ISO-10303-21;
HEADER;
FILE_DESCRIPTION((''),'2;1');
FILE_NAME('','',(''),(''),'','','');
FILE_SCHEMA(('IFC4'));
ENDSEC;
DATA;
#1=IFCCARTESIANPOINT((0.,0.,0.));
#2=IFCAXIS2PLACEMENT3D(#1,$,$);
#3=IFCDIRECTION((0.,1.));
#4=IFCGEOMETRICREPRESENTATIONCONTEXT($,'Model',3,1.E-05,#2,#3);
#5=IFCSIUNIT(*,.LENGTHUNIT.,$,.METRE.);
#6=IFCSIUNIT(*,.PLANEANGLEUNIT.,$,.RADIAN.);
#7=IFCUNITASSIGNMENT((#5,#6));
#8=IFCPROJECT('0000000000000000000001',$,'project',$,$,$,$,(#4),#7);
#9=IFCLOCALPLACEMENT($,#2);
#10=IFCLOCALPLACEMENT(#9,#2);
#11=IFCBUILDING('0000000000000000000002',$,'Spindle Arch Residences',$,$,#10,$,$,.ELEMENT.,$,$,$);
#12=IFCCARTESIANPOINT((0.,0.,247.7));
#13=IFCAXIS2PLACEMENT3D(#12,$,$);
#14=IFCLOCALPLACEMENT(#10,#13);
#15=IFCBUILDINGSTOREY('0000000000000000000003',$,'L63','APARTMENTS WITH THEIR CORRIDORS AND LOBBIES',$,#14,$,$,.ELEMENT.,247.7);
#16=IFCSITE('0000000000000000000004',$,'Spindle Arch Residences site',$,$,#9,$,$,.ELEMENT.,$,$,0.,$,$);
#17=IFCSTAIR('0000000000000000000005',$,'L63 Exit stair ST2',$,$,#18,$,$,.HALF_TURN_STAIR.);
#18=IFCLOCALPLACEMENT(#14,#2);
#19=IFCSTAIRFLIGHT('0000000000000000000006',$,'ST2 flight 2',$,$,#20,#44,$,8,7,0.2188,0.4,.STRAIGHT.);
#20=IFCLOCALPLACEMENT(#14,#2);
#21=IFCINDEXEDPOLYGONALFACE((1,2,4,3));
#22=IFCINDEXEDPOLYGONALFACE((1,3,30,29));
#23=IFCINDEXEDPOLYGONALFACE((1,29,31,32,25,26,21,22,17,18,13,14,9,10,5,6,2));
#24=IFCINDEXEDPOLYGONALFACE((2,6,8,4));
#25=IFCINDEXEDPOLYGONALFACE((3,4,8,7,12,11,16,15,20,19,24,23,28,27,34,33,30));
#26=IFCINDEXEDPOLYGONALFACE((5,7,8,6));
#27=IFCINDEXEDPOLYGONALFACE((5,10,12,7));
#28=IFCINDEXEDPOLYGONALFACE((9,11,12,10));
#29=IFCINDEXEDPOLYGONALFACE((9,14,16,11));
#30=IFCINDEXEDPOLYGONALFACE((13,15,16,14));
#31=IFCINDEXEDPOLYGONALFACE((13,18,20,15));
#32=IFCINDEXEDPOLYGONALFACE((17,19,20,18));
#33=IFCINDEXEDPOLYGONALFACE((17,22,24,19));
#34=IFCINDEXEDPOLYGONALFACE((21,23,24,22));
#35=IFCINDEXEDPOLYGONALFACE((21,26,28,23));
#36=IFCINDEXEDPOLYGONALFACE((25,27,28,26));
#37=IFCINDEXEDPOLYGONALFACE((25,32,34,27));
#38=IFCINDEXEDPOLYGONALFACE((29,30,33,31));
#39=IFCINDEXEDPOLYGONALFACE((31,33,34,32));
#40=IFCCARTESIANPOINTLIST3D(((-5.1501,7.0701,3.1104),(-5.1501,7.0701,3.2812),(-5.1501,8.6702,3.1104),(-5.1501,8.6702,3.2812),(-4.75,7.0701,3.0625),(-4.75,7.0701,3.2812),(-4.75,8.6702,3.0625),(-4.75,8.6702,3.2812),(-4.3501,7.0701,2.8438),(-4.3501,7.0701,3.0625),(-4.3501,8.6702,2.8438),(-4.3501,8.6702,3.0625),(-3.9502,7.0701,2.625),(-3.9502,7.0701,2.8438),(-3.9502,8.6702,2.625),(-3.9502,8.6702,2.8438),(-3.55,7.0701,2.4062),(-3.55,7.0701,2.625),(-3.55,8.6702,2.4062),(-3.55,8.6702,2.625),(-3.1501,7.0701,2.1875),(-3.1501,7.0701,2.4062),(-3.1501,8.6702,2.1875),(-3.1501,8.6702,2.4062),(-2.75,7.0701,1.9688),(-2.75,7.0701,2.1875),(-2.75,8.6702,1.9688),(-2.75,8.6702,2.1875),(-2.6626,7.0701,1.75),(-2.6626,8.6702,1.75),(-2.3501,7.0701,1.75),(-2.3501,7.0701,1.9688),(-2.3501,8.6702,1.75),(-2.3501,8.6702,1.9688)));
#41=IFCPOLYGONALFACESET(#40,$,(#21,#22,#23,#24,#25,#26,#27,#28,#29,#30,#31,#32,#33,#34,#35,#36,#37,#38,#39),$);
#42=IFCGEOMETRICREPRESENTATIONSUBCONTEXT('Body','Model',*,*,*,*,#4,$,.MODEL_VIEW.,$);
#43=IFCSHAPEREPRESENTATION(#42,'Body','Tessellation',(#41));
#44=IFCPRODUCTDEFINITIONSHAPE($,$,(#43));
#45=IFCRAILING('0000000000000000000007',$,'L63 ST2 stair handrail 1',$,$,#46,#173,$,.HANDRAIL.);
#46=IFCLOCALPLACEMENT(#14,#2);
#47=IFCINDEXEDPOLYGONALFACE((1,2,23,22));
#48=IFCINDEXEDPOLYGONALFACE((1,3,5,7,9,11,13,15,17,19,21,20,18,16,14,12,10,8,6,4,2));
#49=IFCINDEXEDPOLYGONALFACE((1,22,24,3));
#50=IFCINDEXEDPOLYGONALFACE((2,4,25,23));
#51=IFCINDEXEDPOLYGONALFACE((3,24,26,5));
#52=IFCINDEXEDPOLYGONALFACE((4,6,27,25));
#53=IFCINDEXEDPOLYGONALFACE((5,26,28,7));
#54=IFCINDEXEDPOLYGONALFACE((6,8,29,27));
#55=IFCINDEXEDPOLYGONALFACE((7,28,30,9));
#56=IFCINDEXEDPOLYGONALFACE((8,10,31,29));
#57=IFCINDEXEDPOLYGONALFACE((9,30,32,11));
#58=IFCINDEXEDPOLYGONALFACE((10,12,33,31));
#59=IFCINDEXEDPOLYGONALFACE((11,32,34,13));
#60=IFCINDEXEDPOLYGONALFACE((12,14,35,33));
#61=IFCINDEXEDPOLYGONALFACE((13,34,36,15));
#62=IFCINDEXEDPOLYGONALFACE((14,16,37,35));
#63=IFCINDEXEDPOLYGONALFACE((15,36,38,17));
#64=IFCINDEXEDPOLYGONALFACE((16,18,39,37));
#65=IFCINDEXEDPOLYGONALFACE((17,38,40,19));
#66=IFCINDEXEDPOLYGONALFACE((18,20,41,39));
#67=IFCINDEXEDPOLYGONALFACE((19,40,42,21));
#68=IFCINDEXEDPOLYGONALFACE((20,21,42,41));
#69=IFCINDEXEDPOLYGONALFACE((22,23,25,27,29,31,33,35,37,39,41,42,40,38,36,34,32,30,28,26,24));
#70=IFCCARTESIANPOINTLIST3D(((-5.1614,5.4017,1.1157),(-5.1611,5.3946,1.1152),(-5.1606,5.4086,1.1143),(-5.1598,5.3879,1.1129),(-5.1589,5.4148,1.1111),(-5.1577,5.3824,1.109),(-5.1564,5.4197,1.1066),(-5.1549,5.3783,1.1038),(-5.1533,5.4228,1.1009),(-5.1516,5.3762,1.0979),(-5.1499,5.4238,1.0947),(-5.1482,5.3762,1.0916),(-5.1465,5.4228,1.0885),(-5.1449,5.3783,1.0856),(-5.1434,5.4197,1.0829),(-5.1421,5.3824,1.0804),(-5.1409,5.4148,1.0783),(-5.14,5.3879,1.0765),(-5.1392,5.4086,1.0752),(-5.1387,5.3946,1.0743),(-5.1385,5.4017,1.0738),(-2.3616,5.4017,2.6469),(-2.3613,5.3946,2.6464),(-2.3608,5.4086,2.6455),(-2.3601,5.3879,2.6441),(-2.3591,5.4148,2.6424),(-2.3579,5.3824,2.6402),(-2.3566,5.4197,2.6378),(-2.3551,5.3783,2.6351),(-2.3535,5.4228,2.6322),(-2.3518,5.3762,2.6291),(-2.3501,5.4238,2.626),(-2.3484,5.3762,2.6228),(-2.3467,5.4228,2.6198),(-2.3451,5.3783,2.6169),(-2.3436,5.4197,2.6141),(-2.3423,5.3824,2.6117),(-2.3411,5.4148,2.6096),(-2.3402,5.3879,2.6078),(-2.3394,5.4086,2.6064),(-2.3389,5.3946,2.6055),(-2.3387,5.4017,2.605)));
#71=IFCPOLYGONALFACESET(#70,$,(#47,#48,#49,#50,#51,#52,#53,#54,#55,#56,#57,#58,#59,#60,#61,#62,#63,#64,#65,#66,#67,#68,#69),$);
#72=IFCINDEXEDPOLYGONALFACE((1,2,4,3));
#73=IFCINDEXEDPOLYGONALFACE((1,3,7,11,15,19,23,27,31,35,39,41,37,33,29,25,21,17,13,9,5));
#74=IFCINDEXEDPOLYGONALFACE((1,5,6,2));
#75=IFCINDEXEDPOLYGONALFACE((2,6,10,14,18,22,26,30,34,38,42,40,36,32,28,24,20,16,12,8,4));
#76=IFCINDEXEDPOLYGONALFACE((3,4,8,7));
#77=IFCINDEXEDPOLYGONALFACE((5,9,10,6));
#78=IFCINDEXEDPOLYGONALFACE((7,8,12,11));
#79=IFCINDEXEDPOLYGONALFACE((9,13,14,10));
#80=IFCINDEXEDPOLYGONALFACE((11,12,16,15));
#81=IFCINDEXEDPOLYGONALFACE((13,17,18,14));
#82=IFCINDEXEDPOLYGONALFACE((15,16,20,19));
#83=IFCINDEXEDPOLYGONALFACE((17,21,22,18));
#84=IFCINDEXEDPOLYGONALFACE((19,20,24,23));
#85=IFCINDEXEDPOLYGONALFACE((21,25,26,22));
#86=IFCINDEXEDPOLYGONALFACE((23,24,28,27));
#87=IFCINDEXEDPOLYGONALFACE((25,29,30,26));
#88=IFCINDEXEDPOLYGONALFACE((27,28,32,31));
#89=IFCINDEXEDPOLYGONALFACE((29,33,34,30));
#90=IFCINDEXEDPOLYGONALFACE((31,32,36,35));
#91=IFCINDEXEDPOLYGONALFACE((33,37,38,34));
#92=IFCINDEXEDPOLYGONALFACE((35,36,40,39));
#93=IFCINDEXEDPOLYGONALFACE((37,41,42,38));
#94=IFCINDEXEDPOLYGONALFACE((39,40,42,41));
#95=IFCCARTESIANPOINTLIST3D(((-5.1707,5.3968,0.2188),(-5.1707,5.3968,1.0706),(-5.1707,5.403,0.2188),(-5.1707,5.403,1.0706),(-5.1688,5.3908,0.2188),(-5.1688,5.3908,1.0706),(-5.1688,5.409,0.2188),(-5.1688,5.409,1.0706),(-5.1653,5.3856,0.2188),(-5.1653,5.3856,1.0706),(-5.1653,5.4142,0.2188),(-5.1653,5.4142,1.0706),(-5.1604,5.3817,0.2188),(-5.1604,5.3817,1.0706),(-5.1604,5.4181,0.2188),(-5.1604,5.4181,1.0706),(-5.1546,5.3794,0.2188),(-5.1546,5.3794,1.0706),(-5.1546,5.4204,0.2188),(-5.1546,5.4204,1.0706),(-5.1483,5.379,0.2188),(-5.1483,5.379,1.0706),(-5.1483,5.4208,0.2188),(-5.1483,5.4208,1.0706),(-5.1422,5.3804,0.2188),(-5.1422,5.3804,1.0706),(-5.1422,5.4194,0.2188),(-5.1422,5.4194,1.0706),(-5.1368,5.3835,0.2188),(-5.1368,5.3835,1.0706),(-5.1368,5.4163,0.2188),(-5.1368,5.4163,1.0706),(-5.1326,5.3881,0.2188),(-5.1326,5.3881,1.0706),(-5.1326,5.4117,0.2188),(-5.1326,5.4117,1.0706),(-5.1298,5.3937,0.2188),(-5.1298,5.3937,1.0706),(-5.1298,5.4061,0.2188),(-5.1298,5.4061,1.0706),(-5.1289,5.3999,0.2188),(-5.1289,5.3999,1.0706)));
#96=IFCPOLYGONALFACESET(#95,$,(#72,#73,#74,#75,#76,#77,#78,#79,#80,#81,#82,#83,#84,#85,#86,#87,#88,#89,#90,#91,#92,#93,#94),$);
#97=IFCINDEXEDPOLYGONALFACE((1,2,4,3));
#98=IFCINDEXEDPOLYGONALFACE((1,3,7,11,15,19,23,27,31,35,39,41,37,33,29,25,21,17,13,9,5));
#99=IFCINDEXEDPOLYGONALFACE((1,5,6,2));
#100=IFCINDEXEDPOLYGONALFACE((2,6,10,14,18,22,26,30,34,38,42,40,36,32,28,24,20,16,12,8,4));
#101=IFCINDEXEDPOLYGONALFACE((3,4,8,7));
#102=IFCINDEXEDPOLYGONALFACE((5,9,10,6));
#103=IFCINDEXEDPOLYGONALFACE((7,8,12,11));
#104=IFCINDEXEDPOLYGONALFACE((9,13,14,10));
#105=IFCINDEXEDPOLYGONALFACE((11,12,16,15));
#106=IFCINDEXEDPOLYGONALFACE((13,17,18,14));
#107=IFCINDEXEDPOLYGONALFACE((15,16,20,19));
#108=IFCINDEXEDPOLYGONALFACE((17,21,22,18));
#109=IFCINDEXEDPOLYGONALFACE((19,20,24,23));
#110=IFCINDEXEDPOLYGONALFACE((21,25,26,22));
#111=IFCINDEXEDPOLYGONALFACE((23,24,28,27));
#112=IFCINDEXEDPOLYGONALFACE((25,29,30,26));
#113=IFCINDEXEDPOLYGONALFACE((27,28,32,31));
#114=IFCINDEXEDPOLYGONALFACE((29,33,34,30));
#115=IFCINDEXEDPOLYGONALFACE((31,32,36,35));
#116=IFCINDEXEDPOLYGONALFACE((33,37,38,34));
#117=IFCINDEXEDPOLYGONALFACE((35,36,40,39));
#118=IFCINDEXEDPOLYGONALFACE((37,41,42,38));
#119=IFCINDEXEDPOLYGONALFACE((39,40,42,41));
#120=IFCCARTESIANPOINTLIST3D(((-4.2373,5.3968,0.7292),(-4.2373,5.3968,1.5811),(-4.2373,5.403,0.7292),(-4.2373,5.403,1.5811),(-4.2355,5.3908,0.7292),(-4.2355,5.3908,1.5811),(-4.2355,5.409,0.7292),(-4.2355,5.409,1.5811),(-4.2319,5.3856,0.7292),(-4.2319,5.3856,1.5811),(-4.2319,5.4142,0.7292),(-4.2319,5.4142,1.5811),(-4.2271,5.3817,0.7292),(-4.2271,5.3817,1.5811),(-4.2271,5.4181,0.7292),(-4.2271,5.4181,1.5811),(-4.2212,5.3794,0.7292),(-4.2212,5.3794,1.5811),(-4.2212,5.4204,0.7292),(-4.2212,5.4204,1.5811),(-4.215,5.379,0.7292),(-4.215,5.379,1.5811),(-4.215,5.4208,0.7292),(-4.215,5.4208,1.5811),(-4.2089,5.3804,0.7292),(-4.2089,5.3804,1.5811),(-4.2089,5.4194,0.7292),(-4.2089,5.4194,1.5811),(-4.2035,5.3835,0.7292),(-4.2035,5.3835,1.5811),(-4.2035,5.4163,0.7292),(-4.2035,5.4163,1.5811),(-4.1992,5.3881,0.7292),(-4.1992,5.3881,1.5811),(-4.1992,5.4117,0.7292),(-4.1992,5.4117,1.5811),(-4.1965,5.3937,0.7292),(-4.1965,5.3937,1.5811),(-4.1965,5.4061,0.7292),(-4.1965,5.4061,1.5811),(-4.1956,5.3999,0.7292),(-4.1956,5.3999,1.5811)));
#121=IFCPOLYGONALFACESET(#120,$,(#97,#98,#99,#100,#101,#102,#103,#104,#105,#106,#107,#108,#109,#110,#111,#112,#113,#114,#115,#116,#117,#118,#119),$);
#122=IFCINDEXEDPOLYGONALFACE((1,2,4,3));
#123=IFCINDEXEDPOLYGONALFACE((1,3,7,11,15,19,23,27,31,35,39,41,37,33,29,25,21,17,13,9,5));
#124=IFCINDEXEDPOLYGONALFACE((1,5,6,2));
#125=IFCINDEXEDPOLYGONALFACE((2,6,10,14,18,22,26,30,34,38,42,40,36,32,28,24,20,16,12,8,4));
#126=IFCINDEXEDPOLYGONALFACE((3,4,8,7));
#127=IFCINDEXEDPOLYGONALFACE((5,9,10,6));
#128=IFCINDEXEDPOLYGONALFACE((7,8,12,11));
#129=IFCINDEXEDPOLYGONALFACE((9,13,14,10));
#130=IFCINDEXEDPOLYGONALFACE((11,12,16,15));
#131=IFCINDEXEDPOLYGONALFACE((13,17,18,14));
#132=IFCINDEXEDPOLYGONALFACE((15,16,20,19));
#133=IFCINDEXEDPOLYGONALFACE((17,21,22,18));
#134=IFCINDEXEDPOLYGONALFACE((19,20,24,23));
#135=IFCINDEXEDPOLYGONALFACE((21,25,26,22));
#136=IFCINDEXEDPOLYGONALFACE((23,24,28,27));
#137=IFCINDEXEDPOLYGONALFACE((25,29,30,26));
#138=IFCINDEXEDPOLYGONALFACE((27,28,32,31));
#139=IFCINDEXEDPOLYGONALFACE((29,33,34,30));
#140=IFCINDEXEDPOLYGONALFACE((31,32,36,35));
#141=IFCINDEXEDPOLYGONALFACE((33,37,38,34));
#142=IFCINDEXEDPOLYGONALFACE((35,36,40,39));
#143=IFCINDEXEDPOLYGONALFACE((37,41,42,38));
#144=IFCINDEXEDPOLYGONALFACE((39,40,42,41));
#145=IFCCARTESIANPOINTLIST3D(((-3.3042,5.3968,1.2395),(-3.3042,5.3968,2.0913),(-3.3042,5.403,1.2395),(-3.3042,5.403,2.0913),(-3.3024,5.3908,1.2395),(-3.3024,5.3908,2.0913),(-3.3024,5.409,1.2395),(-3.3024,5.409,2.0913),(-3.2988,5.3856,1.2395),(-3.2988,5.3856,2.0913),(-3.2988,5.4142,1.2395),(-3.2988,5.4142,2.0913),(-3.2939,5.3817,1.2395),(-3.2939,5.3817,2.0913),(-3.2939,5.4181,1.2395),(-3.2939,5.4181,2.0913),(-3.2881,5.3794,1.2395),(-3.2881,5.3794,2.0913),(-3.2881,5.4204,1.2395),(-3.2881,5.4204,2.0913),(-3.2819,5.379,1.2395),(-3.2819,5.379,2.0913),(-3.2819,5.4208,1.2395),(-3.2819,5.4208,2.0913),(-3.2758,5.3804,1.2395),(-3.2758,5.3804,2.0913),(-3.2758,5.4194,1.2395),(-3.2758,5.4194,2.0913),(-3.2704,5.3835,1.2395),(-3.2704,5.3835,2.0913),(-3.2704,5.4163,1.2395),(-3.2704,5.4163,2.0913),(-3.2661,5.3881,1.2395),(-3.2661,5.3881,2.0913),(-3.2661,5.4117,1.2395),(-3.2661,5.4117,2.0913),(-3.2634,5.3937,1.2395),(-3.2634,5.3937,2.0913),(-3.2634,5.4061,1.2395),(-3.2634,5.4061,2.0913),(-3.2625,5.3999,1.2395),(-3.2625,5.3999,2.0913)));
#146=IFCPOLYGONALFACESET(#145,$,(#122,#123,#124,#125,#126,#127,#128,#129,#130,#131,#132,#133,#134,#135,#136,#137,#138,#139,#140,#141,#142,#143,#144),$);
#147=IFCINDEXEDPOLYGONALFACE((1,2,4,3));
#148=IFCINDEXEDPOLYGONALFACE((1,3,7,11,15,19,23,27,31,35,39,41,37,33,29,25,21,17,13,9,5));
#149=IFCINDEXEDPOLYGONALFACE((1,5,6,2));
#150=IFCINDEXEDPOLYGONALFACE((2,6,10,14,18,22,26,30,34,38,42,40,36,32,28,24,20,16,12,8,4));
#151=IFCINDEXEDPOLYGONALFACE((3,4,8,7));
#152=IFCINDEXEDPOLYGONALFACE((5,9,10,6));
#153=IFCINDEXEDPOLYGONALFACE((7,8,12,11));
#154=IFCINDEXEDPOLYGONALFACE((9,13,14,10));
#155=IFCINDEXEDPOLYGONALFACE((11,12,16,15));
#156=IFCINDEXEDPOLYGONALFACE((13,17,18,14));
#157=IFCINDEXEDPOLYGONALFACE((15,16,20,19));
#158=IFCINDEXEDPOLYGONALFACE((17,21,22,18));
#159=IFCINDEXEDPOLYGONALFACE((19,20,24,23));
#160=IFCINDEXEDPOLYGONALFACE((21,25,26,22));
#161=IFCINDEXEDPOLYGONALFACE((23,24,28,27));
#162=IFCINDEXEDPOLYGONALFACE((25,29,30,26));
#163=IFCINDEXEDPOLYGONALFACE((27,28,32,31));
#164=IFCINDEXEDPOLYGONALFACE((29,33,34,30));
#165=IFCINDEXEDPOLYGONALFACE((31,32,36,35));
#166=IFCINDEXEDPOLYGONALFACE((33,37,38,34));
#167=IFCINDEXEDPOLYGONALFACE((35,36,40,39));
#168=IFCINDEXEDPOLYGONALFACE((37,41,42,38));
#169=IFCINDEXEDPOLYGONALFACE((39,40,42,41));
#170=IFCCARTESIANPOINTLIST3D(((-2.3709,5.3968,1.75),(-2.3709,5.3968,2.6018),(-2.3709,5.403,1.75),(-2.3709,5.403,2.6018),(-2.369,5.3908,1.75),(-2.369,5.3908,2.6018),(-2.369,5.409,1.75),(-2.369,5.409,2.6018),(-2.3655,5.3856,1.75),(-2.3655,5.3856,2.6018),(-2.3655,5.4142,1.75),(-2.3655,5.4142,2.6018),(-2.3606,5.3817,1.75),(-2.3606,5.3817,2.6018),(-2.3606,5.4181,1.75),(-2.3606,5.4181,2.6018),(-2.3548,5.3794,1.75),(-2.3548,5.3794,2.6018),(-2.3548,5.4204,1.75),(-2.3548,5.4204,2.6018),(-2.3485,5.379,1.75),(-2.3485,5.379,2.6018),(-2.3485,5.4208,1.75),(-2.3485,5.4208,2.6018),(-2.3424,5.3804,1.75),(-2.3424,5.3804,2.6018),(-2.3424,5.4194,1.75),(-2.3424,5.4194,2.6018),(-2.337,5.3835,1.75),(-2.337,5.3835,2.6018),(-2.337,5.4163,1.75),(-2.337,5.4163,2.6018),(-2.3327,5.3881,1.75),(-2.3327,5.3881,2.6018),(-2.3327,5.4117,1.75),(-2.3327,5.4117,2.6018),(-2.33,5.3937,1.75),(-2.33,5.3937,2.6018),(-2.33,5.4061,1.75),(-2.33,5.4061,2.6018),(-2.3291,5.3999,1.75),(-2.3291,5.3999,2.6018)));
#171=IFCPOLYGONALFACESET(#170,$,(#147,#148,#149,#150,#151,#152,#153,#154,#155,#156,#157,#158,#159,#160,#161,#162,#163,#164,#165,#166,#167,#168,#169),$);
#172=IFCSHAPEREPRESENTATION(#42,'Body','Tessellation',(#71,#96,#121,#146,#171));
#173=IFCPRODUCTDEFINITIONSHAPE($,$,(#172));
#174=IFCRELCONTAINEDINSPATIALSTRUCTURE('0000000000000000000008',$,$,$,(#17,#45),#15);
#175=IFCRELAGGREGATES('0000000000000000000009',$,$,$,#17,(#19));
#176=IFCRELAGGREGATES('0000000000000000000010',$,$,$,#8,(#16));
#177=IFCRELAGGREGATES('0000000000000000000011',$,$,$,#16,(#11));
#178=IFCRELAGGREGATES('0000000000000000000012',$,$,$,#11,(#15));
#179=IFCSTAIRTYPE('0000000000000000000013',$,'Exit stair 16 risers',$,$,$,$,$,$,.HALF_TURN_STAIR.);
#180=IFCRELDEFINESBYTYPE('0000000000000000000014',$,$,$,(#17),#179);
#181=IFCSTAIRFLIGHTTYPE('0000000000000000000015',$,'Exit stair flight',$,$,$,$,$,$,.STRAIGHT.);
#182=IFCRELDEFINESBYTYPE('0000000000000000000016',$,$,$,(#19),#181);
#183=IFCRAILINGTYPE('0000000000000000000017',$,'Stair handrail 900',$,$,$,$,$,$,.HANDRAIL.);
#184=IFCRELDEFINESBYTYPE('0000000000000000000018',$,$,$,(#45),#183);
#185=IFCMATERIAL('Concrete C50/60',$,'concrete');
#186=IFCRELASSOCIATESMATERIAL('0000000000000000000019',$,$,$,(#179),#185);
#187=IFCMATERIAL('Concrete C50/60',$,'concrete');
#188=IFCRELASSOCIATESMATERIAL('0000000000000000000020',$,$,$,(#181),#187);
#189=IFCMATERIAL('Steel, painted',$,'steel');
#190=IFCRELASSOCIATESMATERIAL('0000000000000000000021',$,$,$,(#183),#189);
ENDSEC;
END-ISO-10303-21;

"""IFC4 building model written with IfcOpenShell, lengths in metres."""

from ifc_helpers import new_model, si_unit, direction, frame, origin, origin_2d, place, context, subcontext, project, spatial, polyline, circle, outline, extrude, material, type_object, element, aggregate, save


model = new_model("IFC4")

# Units and contexts
model_context = context("Model", 3, precision=1e-05, world=origin(), true_north=direction((0.0, 1.0)))
body_context = subcontext(model_context, "Body", "Model", "MODEL_VIEW")
ifc_project = project(units=[si_unit("LENGTHUNIT", "METRE"), si_unit("PLANEANGLEUNIT", "RADIAN")], contexts=[model_context])

# Site, building, storey
site_placement = place(None, origin())
site = spatial("IfcSite", under=ifc_project, at=site_placement, Name="Spindle Arch Residences site", CompositionType="ELEMENT", RefElevation=0.0)
building_placement = place(site_placement, origin())
building = spatial("IfcBuilding", under=site, at=building_placement, Name="Spindle Arch Residences", CompositionType="ELEMENT")
storey_placement = place(building_placement, frame((0.0, 0.0, 247.7)))
storey = spatial("IfcBuildingStorey", under=building, at=storey_placement, Name="L63", Description="APARTMENTS WITH THEIR CORRIDORS AND LOBBIES", CompositionType="ELEMENT", Elevation=247.7)

# Stair, stair flight
ifc_material_1 = material(Name="Concrete C50/60", Category="concrete")
stair_type = type_object("IfcStairType", Name="Exit stair 16 risers", PredefinedType="HALF_TURN_STAIR", material=ifc_material_1)
stair_placement = place(storey_placement, origin())
stair = element("IfcStair", 1, at=stair_placement, inside=storey, type_object=stair_type, Name="L63 Exit stair ST2", PredefinedType="HALF_TURN_STAIR")
ifc_material_2 = material(Name="Concrete C50/60", Category="concrete")
stair_flight_type = type_object("IfcStairFlightType", Name="Exit stair flight", PredefinedType="STRAIGHT", material=ifc_material_2)
stair_flight_1_placement = place(storey_placement, frame((-2.3501, 7.8701, 1.75), z_axis=(0.0, 0.0, 1.0), x_axis=(-1.0, 0.0, 0.0)))
stair_flight_1 = element("IfcStairFlight", 2, at=stair_flight_1_placement, type_object=stair_flight_type, Name="ST2 flight 2", NumberOfRisers=8, NumberOfTreads=7, PredefinedType="STRAIGHT", RiserHeight=0.2188, TreadLength=0.4, context=body_context, shape_type="SweptSolid", body=[
    extrude(outline(polyline([(0.0, 0.0), (0.0, 0.2188), (0.3999, 0.2188), (0.3999, 0.4375), (0.8, 0.4375), (0.8, 0.6562), (1.2, 0.6562), (1.2, 0.875), (1.6001, 0.875), (1.6001, 1.0938), (2.0, 1.0938), (2.0, 1.3125), (2.3999, 1.3125), (2.3999, 1.5312), (2.8, 1.5312), (2.8, 1.75), (2.8, 1.3604), (0.3125, 0.0), (0.0, 0.0)])), frame((0.0, 0.8, 0.0), z_axis=(0.0, -1.0, 0.0), x_axis=(1.0, 0.0, 0.0)), (0.0, 0.0, 1.0), 1.6001),
])
aggregate(stair, [stair_flight_1])

# Railing
ifc_material_3 = material(Name="Steel, painted", Category="steel")
railing_type_1 = type_object("IfcRailingType", Name="Stair handrail 900", PredefinedType="HANDRAIL", material=ifc_material_3)
railing_1_placement = place(storey_placement, frame((-5.1499, 5.3999, 0.2188)))
element("IfcRailing", 3, at=railing_1_placement, inside=storey, type_object=railing_type_1, Name="L63 ST2 stair handrail 1", PredefinedType="HANDRAIL", context=body_context, shape_type="SweptSolid", body=[
    extrude(circle(Radius=0.0239, at=origin_2d()), frame((0.0, 0.0, 0.876), z_axis=(0.877357, 0.0, 0.479838), x_axis=(0.0, 1.0, 0.0)), (0.0, 0.0, 1.0), 3.1912),
    extrude(circle(Radius=0.021, at=origin_2d()), origin(), (0.0, 0.0, 1.0), 0.8518),
    extrude(circle(Radius=0.021, at=origin_2d()), frame((0.9333, 0.0, 0.5105)), (0.0, 0.0, 1.0), 0.8518),
    extrude(circle(Radius=0.021, at=origin_2d()), frame((1.8665, 0.0, 1.0208)), (0.0, 0.0, 1.0), 0.8518),
    extrude(circle(Radius=0.021, at=origin_2d()), frame((2.7998, 0.0, 1.5312)), (0.0, 0.0, 1.0), 0.8518),
])

save(model, "model.ifc")
